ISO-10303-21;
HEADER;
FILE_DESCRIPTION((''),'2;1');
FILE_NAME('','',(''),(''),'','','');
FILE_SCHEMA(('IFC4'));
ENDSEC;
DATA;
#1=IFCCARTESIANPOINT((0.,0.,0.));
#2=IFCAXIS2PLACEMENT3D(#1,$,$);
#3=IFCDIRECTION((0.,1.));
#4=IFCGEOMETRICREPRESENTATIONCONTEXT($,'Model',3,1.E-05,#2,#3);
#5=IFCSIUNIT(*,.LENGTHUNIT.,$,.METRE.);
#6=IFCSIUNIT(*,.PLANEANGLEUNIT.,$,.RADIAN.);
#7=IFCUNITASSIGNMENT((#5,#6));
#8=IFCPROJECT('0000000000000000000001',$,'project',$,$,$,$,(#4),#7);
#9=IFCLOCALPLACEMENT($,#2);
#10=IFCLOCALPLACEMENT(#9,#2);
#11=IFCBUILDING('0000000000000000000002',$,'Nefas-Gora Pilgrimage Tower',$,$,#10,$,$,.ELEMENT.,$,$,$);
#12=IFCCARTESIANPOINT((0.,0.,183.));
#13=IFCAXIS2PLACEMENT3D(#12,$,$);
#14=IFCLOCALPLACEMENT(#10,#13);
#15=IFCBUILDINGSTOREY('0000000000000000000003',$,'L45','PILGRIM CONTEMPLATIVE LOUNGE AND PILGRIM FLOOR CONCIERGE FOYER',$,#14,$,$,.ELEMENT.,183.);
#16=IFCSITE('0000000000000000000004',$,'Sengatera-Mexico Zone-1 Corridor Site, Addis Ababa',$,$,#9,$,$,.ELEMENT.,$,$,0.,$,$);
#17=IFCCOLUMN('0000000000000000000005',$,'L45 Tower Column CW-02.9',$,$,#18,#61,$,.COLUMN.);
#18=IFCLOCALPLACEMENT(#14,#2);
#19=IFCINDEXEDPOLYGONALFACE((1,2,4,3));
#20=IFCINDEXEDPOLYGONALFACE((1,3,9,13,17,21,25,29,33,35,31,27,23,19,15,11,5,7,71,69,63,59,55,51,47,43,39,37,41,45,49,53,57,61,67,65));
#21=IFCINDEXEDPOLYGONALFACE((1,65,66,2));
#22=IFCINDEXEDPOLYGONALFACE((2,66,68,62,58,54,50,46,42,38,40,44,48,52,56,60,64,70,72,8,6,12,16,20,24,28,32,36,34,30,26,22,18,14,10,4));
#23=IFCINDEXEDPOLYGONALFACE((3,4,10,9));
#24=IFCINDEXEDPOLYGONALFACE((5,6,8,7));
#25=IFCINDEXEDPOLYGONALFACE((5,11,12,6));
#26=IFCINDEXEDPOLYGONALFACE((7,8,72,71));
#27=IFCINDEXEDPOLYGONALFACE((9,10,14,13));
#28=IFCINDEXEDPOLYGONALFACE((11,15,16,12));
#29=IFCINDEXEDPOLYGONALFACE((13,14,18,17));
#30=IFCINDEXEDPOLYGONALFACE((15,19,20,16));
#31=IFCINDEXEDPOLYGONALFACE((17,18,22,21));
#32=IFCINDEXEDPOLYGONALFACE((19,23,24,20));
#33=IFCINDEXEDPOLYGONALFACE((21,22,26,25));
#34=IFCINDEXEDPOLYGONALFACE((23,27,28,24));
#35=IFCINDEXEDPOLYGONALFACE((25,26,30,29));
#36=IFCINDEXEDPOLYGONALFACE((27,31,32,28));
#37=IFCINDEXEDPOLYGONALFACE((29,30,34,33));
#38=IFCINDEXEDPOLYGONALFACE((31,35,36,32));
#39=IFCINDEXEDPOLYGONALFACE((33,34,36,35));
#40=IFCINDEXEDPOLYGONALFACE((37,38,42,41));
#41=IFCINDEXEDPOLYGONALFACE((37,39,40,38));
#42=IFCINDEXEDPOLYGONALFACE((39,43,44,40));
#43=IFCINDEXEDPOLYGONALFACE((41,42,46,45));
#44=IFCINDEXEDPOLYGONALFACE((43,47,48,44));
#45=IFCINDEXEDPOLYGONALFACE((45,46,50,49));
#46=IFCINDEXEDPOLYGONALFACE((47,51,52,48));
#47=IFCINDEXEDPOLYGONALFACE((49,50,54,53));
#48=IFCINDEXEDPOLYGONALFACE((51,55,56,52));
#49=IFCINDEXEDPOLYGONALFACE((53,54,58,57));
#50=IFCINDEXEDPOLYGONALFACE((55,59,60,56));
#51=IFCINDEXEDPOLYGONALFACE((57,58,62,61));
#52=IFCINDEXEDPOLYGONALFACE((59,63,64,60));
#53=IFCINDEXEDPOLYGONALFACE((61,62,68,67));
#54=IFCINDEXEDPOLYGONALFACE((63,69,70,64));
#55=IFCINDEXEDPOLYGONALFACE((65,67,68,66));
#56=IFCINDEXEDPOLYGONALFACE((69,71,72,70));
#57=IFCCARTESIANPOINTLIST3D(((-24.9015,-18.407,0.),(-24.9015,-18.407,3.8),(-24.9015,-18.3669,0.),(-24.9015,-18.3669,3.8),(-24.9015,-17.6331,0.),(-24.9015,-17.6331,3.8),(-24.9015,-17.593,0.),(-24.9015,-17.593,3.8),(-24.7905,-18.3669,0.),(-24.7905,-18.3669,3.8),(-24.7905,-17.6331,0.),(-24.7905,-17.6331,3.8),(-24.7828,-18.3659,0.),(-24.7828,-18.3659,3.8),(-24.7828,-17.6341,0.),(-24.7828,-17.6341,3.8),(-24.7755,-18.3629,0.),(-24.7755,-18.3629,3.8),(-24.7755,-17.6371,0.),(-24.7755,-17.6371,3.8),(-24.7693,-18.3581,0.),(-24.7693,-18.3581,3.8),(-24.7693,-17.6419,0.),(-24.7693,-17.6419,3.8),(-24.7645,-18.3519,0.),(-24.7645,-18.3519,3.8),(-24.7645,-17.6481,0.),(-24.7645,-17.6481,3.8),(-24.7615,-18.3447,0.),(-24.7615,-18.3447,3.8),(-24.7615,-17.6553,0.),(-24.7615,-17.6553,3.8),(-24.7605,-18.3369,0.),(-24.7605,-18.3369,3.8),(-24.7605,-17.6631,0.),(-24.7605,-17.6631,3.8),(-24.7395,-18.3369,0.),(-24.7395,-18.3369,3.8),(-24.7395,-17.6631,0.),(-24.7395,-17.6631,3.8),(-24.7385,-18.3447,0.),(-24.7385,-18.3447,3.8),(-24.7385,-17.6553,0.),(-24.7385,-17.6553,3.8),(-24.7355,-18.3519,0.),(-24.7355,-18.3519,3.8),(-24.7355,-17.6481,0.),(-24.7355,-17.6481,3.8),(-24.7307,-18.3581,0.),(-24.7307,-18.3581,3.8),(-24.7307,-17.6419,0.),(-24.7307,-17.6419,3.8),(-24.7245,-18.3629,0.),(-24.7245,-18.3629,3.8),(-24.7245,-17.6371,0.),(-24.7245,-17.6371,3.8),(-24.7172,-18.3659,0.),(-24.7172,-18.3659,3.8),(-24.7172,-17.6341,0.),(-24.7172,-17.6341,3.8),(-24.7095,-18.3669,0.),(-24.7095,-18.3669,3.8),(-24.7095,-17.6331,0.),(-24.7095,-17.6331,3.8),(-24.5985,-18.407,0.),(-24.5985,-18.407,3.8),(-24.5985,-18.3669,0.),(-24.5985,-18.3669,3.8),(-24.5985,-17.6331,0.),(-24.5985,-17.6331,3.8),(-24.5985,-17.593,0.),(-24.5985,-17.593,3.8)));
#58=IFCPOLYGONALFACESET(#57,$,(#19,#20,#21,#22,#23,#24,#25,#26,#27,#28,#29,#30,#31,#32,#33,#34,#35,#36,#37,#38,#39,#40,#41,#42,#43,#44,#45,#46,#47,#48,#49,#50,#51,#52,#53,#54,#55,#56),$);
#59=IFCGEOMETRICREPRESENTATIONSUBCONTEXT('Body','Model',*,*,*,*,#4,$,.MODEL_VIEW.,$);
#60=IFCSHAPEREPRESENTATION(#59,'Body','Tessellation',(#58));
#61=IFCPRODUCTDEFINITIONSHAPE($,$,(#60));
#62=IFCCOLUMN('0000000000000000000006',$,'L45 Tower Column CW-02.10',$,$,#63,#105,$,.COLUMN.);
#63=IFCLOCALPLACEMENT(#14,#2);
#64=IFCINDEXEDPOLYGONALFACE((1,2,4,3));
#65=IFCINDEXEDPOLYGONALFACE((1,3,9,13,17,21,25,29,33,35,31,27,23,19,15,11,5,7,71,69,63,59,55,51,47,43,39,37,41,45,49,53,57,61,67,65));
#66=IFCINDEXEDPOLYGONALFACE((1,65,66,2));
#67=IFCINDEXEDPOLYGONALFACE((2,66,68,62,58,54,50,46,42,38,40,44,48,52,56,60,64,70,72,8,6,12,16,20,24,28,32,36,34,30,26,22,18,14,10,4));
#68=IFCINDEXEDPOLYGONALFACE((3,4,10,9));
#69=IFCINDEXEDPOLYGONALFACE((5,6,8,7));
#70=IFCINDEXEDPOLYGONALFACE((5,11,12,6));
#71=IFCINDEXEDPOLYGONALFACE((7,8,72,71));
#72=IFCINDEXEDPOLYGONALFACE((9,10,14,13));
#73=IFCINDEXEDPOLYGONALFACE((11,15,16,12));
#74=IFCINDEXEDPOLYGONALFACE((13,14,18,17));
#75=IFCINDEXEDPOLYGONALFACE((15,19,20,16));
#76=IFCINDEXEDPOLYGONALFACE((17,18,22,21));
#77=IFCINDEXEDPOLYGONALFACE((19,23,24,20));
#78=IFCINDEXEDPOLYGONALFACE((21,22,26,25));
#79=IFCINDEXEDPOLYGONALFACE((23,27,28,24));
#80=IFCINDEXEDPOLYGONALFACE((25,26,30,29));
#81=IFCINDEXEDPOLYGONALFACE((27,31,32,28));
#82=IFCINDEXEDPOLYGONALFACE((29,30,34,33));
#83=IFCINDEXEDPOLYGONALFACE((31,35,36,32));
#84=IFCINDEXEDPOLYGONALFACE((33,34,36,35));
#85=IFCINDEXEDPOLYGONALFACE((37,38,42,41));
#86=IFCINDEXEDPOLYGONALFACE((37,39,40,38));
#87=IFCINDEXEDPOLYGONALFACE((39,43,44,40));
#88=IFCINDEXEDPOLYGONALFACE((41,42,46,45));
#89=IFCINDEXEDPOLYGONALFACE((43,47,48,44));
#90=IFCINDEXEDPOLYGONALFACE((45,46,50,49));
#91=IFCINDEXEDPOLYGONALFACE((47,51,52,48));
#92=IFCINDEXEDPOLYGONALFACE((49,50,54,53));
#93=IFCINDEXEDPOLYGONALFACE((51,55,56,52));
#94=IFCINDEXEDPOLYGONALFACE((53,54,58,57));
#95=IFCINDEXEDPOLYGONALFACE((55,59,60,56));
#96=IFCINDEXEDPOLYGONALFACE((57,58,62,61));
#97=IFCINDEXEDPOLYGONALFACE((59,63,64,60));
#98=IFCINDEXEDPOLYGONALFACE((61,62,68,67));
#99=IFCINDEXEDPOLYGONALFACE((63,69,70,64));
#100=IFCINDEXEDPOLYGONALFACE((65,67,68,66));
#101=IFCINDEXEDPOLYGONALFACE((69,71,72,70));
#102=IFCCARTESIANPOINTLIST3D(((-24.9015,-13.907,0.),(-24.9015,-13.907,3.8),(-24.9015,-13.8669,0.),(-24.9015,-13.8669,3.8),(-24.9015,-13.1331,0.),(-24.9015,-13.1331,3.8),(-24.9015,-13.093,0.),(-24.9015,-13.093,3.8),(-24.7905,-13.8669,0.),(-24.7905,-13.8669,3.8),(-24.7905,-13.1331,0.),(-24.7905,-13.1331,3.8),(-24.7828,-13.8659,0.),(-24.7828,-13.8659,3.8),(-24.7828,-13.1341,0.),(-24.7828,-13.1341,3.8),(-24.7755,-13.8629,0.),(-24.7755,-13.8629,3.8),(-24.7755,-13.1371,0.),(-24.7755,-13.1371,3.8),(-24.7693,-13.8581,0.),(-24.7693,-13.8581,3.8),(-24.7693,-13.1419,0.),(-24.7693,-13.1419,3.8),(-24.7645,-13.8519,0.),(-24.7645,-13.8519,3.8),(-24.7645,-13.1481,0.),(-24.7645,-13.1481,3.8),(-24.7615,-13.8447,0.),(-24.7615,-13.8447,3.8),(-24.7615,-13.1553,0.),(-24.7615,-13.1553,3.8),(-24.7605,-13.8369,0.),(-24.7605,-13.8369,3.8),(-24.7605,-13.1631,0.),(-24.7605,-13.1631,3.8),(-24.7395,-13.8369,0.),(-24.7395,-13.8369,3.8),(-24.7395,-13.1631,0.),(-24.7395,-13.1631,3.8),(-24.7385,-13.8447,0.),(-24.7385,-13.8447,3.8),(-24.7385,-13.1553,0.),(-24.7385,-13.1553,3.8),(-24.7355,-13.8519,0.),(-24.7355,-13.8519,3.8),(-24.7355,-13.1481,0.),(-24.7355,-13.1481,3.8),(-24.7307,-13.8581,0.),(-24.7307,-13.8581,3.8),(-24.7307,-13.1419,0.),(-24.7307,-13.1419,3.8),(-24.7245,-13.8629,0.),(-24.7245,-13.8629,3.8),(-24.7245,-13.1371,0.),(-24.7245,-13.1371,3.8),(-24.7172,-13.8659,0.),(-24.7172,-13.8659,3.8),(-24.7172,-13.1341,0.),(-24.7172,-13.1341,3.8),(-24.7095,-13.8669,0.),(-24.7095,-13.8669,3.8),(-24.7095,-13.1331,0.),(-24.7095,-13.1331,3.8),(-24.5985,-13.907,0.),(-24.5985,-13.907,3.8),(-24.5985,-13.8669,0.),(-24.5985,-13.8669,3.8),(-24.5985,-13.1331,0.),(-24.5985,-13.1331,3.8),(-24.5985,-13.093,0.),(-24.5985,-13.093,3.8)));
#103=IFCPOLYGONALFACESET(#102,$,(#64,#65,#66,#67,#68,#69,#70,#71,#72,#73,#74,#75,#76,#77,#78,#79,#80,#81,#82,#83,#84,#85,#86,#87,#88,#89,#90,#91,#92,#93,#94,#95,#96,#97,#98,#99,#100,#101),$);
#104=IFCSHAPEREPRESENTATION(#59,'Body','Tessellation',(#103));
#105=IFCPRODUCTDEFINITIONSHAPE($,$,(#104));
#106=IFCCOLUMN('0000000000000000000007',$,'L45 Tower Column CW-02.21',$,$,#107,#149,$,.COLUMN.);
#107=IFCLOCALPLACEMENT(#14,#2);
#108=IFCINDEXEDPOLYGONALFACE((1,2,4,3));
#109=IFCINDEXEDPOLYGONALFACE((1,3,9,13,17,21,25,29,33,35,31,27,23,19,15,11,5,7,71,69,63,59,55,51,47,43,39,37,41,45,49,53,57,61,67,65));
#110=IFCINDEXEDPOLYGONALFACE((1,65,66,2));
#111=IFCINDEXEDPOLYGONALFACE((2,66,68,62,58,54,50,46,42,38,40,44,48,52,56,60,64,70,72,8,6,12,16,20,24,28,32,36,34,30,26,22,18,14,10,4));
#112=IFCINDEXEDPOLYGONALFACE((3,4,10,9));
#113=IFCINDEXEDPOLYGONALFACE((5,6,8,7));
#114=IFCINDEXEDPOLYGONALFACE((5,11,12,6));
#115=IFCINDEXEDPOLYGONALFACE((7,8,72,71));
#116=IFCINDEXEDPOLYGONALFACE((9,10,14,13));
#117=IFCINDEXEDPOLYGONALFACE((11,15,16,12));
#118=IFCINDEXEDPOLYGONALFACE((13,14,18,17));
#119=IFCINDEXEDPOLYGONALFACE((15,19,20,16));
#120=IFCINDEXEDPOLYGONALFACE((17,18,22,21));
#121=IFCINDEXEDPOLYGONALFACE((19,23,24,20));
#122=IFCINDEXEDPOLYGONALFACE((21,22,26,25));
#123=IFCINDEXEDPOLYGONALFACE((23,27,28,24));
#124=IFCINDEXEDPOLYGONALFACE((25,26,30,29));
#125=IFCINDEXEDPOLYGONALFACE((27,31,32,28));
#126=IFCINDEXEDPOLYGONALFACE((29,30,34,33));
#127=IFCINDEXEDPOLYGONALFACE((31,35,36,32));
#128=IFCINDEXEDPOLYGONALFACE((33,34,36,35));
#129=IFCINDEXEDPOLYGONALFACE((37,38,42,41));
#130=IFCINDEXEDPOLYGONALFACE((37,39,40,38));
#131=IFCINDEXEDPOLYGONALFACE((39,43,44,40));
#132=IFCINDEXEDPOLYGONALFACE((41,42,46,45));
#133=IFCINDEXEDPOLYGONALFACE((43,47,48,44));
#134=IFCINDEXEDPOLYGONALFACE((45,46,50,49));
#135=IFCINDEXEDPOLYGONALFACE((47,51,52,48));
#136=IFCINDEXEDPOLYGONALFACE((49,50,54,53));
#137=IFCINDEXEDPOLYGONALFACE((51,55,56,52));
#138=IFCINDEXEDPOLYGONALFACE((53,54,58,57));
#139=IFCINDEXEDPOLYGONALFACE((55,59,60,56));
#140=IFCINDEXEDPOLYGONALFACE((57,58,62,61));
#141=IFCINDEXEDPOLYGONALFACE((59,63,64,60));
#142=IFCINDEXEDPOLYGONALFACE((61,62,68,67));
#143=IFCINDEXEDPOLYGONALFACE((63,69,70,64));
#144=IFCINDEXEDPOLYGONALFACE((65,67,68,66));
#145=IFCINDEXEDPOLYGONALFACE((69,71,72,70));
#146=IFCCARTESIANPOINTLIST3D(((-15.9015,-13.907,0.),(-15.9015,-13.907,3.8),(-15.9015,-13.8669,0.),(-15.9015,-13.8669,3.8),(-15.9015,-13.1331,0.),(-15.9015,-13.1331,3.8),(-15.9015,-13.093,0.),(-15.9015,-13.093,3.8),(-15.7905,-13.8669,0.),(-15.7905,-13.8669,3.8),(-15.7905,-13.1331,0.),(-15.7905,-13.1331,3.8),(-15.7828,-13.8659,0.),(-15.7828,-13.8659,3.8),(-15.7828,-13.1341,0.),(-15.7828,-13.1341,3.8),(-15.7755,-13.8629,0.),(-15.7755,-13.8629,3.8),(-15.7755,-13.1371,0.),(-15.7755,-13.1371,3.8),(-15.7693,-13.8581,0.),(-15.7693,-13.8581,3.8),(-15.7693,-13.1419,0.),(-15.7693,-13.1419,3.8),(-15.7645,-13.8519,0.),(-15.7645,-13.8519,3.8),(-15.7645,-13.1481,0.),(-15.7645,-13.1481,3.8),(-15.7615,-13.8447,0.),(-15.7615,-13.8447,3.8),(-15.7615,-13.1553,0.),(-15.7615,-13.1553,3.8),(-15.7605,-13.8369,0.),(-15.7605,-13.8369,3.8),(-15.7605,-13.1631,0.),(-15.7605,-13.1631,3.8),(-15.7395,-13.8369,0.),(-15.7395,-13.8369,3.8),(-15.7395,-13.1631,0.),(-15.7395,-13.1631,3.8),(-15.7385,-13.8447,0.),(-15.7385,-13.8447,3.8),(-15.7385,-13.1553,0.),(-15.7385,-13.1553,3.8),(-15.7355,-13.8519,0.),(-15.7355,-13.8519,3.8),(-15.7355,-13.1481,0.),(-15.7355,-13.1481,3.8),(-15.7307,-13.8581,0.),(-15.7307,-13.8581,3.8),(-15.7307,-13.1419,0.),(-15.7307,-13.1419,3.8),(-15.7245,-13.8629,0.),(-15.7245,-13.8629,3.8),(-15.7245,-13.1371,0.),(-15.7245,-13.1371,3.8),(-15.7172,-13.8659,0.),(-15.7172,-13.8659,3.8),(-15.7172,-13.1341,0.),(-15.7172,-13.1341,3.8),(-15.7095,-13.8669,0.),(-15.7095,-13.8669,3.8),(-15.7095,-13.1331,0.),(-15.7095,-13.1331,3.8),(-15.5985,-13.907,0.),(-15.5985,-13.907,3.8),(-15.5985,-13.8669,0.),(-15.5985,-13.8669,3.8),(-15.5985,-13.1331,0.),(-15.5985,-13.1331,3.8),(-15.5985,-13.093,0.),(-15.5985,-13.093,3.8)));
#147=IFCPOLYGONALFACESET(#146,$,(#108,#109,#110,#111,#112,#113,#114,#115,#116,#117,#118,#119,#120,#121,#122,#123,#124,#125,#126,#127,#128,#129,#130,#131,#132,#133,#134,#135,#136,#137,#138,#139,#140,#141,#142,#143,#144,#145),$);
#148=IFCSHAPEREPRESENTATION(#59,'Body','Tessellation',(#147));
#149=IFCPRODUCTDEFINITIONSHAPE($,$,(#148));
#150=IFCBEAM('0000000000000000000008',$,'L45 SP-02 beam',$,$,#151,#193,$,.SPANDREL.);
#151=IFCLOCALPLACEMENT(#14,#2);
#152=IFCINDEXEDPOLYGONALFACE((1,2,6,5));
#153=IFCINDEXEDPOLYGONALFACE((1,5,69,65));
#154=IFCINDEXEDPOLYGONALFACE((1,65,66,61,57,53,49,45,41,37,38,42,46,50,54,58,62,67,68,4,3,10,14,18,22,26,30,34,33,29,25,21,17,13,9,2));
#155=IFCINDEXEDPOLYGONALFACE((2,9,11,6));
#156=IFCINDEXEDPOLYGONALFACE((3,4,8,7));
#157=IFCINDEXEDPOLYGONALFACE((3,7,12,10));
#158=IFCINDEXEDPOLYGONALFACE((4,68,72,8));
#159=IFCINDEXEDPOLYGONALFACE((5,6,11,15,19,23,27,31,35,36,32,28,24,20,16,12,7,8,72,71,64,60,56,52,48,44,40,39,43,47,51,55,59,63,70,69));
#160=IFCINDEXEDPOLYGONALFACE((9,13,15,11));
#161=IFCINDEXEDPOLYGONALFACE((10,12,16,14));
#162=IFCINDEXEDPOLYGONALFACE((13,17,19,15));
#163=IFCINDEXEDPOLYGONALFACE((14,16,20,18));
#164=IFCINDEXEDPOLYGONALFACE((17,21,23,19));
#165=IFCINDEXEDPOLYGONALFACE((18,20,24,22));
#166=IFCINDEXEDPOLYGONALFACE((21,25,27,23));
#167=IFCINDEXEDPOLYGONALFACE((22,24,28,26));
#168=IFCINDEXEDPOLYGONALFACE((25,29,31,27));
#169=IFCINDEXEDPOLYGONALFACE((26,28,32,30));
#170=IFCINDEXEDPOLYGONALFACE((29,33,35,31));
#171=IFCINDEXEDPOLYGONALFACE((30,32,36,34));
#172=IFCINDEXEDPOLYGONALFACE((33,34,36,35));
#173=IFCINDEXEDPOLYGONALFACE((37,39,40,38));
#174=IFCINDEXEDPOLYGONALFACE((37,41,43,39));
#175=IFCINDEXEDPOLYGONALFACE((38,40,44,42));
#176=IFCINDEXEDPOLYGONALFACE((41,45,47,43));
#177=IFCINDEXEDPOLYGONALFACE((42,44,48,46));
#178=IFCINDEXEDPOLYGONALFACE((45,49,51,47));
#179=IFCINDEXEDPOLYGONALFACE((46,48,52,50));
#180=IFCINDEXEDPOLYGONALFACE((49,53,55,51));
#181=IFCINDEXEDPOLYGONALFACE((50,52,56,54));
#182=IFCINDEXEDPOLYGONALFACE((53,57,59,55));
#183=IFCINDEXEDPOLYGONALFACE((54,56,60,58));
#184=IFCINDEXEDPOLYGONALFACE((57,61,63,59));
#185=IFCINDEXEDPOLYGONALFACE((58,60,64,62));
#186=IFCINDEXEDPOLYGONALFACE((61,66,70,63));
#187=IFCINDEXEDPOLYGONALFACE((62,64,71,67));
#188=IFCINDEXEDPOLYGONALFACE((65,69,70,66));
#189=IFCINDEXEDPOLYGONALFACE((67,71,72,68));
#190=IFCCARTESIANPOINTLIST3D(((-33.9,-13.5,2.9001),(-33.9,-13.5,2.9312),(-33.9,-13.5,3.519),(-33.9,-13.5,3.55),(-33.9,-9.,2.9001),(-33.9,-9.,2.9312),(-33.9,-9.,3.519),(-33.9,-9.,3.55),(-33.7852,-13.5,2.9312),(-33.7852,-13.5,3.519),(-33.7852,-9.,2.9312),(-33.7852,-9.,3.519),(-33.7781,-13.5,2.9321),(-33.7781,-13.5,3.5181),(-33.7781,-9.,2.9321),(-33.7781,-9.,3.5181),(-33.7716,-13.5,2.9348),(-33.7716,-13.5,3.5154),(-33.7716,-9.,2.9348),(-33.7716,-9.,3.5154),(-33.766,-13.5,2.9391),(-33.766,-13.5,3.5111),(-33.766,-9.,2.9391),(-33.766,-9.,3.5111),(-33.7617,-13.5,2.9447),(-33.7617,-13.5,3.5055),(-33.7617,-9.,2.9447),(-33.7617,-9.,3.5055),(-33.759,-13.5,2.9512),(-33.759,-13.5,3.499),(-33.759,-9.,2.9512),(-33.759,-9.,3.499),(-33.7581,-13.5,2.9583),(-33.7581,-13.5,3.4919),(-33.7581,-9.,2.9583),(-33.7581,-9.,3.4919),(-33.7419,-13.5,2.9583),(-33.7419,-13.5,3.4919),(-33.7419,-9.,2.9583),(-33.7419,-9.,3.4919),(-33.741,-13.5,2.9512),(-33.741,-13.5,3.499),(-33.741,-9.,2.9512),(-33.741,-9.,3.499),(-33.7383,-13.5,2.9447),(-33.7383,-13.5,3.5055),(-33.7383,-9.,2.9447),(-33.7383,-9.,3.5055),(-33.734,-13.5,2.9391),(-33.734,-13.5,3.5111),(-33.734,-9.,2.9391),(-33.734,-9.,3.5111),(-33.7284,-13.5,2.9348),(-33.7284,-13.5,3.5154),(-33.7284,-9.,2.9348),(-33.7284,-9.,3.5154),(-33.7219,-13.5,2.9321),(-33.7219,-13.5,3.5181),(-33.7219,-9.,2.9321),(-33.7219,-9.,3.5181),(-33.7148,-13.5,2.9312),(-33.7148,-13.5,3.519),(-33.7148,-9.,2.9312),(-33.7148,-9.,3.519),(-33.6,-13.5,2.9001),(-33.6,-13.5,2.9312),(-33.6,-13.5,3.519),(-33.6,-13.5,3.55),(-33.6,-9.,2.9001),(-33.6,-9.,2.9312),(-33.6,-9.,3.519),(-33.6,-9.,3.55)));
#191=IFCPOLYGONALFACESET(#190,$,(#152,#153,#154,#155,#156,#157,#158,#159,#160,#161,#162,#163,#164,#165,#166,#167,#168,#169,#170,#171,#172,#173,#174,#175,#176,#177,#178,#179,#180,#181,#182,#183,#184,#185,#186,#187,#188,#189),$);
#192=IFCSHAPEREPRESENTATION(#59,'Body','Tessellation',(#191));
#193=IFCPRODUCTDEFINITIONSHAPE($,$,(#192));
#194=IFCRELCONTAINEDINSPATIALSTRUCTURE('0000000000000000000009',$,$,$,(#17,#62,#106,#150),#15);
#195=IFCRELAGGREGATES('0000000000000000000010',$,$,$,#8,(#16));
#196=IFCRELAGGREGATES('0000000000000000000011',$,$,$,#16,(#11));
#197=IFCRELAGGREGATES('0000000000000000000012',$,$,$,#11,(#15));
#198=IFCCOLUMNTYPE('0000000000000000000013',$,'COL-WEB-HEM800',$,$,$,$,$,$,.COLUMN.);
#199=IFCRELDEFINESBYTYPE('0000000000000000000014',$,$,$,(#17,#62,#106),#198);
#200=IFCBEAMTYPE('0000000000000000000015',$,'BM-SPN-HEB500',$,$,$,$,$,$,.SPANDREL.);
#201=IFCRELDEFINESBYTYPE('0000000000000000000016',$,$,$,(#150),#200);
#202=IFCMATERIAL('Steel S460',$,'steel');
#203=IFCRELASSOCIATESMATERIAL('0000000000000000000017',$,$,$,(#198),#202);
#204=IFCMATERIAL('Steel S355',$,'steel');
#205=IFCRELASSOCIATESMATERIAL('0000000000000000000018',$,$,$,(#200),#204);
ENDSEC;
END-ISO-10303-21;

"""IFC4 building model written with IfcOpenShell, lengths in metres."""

from ifc_helpers import new_model, si_unit, direction, frame, origin, origin_2d, place, context, subcontext, project, spatial, i_section, extrude, source, transform, mapped, material, material_profile, profile_set, type_object, element, save


model = new_model("IFC4")

# Units and contexts
model_context = context("Model", 3, precision=1e-05, world=origin(), true_north=direction((0.0, 1.0)))
body_context = subcontext(model_context, "Body", "Model", "MODEL_VIEW")
ifc_project = project(units=[si_unit("LENGTHUNIT", "METRE"), si_unit("PLANEANGLEUNIT", "RADIAN")], contexts=[model_context])

# Site, building, storey
site_placement = place(None, origin())
site = spatial("IfcSite", under=ifc_project, at=site_placement, Name="Sengatera-Mexico Zone-1 Corridor Site, Addis Ababa", CompositionType="ELEMENT", RefElevation=0.0)
building_placement = place(site_placement, origin())
building = spatial("IfcBuilding", under=site, at=building_placement, Name="Nefas-Gora Pilgrimage Tower", CompositionType="ELEMENT")
storey_placement = place(building_placement, frame((0.0, 0.0, 183.0)))
storey = spatial("IfcBuildingStorey", under=building, at=storey_placement, Name="L45", Description="PILGRIM CONTEMPLATIVE LOUNGE AND PILGRIM FLOOR CONCIERGE FOYER", CompositionType="ELEMENT", Elevation=183.0)

# Columns
ifc_material_1 = material(Name="Steel S460", Category="steel")
ifc_material_profile_1 = material_profile(ifc_material_1, i_section(OverallWidth=0.303, OverallDepth=0.814, WebThickness=0.021, FlangeThickness=0.04, FilletRadius=0.03, at=origin_2d()), Name="HEM 800")
ifc_profile_set_1 = profile_set([ifc_material_profile_1], Name="Steel S460")
column_type_1 = type_object("IfcColumnType", Name="COL-WEB-HEM800", PredefinedType="COLUMN", material=ifc_profile_set_1)
shared_shape_1 = source(origin(), body_context, "Body", "SweptSolid", [
    extrude(i_section(OverallWidth=0.303, OverallDepth=0.814, WebThickness=0.021, FlangeThickness=0.04, FilletRadius=0.03, at=origin_2d()), origin(), (0.0, 0.0, 1.0), 3.8),
])
for number, where, z_axis, x_axis, name in (
    (1, (-24.75, -18.0, 0.0), (0.0, 0.0, 1.0), (1.0, 0.0, 0.0), "L45 Tower Column CW-02.9"),
    (2, (-24.75, -13.5, 0.0), (0.0, 0.0, 1.0), (1.0, 0.0, 0.0), "L45 Tower Column CW-02.10"),
    (3, (-15.75, -13.5, 0.0), (0.0, 0.0, 1.0), (1.0, 0.0, 0.0), "L45 Tower Column CW-02.21"),
):
    element("IfcColumn", number, at=place(storey_placement, frame(where, z_axis=z_axis, x_axis=x_axis)), inside=storey, type_object=column_type_1, Name=name, PredefinedType="COLUMN", context=body_context, shape_type="MappedRepresentation", body=[
        mapped(shared_shape_1, transform((0.0, 0.0, 0.0), x_axis=(1.0, 0.0, 0.0), y_axis=(0.0, 1.0, 0.0), z_axis=(0.0, 0.0, 1.0), scale=1.0)),
    ])

# Beam
ifc_material_2 = material(Name="Steel S355", Category="steel")
ifc_material_profile_2 = material_profile(ifc_material_2, i_section(OverallWidth=0.3, OverallDepth=0.6499, WebThickness=0.0161, FlangeThickness=0.031, FilletRadius=0.0271, at=origin_2d()), Name="HEB 650")
ifc_profile_set_2 = profile_set([ifc_material_profile_2], Name="Steel S355")
beam_type_1 = type_object("IfcBeamType", Name="BM-SPN-HEB500", PredefinedType="SPANDREL", material=ifc_profile_set_2)
shared_shape_2 = source(origin(), body_context, "Body", "SweptSolid", [
    extrude(i_section(OverallWidth=0.3, OverallDepth=0.6499, WebThickness=0.0161, FlangeThickness=0.031, FilletRadius=0.0271, at=origin_2d()), origin(), (0.0, 0.0, 1.0), 4.5),
])
for number, where, z_axis, x_axis, name in (
    (4, (-33.75, -13.5, 3.2251), (0.0, 1.0, 0.0), (-1.0, 0.0, 0.0), "L45 SP-02 beam"),
):
    element("IfcBeam", number, at=place(storey_placement, frame(where, z_axis=z_axis, x_axis=x_axis)), inside=storey, type_object=beam_type_1, Name=name, PredefinedType="SPANDREL", context=body_context, shape_type="MappedRepresentation", body=[
        mapped(shared_shape_2, transform((0.0, 0.0, 0.0), x_axis=(1.0, 0.0, 0.0), y_axis=(0.0, 1.0, 0.0), z_axis=(0.0, 0.0, 1.0), scale=1.0)),
    ])

save(model, "model.ifc")
